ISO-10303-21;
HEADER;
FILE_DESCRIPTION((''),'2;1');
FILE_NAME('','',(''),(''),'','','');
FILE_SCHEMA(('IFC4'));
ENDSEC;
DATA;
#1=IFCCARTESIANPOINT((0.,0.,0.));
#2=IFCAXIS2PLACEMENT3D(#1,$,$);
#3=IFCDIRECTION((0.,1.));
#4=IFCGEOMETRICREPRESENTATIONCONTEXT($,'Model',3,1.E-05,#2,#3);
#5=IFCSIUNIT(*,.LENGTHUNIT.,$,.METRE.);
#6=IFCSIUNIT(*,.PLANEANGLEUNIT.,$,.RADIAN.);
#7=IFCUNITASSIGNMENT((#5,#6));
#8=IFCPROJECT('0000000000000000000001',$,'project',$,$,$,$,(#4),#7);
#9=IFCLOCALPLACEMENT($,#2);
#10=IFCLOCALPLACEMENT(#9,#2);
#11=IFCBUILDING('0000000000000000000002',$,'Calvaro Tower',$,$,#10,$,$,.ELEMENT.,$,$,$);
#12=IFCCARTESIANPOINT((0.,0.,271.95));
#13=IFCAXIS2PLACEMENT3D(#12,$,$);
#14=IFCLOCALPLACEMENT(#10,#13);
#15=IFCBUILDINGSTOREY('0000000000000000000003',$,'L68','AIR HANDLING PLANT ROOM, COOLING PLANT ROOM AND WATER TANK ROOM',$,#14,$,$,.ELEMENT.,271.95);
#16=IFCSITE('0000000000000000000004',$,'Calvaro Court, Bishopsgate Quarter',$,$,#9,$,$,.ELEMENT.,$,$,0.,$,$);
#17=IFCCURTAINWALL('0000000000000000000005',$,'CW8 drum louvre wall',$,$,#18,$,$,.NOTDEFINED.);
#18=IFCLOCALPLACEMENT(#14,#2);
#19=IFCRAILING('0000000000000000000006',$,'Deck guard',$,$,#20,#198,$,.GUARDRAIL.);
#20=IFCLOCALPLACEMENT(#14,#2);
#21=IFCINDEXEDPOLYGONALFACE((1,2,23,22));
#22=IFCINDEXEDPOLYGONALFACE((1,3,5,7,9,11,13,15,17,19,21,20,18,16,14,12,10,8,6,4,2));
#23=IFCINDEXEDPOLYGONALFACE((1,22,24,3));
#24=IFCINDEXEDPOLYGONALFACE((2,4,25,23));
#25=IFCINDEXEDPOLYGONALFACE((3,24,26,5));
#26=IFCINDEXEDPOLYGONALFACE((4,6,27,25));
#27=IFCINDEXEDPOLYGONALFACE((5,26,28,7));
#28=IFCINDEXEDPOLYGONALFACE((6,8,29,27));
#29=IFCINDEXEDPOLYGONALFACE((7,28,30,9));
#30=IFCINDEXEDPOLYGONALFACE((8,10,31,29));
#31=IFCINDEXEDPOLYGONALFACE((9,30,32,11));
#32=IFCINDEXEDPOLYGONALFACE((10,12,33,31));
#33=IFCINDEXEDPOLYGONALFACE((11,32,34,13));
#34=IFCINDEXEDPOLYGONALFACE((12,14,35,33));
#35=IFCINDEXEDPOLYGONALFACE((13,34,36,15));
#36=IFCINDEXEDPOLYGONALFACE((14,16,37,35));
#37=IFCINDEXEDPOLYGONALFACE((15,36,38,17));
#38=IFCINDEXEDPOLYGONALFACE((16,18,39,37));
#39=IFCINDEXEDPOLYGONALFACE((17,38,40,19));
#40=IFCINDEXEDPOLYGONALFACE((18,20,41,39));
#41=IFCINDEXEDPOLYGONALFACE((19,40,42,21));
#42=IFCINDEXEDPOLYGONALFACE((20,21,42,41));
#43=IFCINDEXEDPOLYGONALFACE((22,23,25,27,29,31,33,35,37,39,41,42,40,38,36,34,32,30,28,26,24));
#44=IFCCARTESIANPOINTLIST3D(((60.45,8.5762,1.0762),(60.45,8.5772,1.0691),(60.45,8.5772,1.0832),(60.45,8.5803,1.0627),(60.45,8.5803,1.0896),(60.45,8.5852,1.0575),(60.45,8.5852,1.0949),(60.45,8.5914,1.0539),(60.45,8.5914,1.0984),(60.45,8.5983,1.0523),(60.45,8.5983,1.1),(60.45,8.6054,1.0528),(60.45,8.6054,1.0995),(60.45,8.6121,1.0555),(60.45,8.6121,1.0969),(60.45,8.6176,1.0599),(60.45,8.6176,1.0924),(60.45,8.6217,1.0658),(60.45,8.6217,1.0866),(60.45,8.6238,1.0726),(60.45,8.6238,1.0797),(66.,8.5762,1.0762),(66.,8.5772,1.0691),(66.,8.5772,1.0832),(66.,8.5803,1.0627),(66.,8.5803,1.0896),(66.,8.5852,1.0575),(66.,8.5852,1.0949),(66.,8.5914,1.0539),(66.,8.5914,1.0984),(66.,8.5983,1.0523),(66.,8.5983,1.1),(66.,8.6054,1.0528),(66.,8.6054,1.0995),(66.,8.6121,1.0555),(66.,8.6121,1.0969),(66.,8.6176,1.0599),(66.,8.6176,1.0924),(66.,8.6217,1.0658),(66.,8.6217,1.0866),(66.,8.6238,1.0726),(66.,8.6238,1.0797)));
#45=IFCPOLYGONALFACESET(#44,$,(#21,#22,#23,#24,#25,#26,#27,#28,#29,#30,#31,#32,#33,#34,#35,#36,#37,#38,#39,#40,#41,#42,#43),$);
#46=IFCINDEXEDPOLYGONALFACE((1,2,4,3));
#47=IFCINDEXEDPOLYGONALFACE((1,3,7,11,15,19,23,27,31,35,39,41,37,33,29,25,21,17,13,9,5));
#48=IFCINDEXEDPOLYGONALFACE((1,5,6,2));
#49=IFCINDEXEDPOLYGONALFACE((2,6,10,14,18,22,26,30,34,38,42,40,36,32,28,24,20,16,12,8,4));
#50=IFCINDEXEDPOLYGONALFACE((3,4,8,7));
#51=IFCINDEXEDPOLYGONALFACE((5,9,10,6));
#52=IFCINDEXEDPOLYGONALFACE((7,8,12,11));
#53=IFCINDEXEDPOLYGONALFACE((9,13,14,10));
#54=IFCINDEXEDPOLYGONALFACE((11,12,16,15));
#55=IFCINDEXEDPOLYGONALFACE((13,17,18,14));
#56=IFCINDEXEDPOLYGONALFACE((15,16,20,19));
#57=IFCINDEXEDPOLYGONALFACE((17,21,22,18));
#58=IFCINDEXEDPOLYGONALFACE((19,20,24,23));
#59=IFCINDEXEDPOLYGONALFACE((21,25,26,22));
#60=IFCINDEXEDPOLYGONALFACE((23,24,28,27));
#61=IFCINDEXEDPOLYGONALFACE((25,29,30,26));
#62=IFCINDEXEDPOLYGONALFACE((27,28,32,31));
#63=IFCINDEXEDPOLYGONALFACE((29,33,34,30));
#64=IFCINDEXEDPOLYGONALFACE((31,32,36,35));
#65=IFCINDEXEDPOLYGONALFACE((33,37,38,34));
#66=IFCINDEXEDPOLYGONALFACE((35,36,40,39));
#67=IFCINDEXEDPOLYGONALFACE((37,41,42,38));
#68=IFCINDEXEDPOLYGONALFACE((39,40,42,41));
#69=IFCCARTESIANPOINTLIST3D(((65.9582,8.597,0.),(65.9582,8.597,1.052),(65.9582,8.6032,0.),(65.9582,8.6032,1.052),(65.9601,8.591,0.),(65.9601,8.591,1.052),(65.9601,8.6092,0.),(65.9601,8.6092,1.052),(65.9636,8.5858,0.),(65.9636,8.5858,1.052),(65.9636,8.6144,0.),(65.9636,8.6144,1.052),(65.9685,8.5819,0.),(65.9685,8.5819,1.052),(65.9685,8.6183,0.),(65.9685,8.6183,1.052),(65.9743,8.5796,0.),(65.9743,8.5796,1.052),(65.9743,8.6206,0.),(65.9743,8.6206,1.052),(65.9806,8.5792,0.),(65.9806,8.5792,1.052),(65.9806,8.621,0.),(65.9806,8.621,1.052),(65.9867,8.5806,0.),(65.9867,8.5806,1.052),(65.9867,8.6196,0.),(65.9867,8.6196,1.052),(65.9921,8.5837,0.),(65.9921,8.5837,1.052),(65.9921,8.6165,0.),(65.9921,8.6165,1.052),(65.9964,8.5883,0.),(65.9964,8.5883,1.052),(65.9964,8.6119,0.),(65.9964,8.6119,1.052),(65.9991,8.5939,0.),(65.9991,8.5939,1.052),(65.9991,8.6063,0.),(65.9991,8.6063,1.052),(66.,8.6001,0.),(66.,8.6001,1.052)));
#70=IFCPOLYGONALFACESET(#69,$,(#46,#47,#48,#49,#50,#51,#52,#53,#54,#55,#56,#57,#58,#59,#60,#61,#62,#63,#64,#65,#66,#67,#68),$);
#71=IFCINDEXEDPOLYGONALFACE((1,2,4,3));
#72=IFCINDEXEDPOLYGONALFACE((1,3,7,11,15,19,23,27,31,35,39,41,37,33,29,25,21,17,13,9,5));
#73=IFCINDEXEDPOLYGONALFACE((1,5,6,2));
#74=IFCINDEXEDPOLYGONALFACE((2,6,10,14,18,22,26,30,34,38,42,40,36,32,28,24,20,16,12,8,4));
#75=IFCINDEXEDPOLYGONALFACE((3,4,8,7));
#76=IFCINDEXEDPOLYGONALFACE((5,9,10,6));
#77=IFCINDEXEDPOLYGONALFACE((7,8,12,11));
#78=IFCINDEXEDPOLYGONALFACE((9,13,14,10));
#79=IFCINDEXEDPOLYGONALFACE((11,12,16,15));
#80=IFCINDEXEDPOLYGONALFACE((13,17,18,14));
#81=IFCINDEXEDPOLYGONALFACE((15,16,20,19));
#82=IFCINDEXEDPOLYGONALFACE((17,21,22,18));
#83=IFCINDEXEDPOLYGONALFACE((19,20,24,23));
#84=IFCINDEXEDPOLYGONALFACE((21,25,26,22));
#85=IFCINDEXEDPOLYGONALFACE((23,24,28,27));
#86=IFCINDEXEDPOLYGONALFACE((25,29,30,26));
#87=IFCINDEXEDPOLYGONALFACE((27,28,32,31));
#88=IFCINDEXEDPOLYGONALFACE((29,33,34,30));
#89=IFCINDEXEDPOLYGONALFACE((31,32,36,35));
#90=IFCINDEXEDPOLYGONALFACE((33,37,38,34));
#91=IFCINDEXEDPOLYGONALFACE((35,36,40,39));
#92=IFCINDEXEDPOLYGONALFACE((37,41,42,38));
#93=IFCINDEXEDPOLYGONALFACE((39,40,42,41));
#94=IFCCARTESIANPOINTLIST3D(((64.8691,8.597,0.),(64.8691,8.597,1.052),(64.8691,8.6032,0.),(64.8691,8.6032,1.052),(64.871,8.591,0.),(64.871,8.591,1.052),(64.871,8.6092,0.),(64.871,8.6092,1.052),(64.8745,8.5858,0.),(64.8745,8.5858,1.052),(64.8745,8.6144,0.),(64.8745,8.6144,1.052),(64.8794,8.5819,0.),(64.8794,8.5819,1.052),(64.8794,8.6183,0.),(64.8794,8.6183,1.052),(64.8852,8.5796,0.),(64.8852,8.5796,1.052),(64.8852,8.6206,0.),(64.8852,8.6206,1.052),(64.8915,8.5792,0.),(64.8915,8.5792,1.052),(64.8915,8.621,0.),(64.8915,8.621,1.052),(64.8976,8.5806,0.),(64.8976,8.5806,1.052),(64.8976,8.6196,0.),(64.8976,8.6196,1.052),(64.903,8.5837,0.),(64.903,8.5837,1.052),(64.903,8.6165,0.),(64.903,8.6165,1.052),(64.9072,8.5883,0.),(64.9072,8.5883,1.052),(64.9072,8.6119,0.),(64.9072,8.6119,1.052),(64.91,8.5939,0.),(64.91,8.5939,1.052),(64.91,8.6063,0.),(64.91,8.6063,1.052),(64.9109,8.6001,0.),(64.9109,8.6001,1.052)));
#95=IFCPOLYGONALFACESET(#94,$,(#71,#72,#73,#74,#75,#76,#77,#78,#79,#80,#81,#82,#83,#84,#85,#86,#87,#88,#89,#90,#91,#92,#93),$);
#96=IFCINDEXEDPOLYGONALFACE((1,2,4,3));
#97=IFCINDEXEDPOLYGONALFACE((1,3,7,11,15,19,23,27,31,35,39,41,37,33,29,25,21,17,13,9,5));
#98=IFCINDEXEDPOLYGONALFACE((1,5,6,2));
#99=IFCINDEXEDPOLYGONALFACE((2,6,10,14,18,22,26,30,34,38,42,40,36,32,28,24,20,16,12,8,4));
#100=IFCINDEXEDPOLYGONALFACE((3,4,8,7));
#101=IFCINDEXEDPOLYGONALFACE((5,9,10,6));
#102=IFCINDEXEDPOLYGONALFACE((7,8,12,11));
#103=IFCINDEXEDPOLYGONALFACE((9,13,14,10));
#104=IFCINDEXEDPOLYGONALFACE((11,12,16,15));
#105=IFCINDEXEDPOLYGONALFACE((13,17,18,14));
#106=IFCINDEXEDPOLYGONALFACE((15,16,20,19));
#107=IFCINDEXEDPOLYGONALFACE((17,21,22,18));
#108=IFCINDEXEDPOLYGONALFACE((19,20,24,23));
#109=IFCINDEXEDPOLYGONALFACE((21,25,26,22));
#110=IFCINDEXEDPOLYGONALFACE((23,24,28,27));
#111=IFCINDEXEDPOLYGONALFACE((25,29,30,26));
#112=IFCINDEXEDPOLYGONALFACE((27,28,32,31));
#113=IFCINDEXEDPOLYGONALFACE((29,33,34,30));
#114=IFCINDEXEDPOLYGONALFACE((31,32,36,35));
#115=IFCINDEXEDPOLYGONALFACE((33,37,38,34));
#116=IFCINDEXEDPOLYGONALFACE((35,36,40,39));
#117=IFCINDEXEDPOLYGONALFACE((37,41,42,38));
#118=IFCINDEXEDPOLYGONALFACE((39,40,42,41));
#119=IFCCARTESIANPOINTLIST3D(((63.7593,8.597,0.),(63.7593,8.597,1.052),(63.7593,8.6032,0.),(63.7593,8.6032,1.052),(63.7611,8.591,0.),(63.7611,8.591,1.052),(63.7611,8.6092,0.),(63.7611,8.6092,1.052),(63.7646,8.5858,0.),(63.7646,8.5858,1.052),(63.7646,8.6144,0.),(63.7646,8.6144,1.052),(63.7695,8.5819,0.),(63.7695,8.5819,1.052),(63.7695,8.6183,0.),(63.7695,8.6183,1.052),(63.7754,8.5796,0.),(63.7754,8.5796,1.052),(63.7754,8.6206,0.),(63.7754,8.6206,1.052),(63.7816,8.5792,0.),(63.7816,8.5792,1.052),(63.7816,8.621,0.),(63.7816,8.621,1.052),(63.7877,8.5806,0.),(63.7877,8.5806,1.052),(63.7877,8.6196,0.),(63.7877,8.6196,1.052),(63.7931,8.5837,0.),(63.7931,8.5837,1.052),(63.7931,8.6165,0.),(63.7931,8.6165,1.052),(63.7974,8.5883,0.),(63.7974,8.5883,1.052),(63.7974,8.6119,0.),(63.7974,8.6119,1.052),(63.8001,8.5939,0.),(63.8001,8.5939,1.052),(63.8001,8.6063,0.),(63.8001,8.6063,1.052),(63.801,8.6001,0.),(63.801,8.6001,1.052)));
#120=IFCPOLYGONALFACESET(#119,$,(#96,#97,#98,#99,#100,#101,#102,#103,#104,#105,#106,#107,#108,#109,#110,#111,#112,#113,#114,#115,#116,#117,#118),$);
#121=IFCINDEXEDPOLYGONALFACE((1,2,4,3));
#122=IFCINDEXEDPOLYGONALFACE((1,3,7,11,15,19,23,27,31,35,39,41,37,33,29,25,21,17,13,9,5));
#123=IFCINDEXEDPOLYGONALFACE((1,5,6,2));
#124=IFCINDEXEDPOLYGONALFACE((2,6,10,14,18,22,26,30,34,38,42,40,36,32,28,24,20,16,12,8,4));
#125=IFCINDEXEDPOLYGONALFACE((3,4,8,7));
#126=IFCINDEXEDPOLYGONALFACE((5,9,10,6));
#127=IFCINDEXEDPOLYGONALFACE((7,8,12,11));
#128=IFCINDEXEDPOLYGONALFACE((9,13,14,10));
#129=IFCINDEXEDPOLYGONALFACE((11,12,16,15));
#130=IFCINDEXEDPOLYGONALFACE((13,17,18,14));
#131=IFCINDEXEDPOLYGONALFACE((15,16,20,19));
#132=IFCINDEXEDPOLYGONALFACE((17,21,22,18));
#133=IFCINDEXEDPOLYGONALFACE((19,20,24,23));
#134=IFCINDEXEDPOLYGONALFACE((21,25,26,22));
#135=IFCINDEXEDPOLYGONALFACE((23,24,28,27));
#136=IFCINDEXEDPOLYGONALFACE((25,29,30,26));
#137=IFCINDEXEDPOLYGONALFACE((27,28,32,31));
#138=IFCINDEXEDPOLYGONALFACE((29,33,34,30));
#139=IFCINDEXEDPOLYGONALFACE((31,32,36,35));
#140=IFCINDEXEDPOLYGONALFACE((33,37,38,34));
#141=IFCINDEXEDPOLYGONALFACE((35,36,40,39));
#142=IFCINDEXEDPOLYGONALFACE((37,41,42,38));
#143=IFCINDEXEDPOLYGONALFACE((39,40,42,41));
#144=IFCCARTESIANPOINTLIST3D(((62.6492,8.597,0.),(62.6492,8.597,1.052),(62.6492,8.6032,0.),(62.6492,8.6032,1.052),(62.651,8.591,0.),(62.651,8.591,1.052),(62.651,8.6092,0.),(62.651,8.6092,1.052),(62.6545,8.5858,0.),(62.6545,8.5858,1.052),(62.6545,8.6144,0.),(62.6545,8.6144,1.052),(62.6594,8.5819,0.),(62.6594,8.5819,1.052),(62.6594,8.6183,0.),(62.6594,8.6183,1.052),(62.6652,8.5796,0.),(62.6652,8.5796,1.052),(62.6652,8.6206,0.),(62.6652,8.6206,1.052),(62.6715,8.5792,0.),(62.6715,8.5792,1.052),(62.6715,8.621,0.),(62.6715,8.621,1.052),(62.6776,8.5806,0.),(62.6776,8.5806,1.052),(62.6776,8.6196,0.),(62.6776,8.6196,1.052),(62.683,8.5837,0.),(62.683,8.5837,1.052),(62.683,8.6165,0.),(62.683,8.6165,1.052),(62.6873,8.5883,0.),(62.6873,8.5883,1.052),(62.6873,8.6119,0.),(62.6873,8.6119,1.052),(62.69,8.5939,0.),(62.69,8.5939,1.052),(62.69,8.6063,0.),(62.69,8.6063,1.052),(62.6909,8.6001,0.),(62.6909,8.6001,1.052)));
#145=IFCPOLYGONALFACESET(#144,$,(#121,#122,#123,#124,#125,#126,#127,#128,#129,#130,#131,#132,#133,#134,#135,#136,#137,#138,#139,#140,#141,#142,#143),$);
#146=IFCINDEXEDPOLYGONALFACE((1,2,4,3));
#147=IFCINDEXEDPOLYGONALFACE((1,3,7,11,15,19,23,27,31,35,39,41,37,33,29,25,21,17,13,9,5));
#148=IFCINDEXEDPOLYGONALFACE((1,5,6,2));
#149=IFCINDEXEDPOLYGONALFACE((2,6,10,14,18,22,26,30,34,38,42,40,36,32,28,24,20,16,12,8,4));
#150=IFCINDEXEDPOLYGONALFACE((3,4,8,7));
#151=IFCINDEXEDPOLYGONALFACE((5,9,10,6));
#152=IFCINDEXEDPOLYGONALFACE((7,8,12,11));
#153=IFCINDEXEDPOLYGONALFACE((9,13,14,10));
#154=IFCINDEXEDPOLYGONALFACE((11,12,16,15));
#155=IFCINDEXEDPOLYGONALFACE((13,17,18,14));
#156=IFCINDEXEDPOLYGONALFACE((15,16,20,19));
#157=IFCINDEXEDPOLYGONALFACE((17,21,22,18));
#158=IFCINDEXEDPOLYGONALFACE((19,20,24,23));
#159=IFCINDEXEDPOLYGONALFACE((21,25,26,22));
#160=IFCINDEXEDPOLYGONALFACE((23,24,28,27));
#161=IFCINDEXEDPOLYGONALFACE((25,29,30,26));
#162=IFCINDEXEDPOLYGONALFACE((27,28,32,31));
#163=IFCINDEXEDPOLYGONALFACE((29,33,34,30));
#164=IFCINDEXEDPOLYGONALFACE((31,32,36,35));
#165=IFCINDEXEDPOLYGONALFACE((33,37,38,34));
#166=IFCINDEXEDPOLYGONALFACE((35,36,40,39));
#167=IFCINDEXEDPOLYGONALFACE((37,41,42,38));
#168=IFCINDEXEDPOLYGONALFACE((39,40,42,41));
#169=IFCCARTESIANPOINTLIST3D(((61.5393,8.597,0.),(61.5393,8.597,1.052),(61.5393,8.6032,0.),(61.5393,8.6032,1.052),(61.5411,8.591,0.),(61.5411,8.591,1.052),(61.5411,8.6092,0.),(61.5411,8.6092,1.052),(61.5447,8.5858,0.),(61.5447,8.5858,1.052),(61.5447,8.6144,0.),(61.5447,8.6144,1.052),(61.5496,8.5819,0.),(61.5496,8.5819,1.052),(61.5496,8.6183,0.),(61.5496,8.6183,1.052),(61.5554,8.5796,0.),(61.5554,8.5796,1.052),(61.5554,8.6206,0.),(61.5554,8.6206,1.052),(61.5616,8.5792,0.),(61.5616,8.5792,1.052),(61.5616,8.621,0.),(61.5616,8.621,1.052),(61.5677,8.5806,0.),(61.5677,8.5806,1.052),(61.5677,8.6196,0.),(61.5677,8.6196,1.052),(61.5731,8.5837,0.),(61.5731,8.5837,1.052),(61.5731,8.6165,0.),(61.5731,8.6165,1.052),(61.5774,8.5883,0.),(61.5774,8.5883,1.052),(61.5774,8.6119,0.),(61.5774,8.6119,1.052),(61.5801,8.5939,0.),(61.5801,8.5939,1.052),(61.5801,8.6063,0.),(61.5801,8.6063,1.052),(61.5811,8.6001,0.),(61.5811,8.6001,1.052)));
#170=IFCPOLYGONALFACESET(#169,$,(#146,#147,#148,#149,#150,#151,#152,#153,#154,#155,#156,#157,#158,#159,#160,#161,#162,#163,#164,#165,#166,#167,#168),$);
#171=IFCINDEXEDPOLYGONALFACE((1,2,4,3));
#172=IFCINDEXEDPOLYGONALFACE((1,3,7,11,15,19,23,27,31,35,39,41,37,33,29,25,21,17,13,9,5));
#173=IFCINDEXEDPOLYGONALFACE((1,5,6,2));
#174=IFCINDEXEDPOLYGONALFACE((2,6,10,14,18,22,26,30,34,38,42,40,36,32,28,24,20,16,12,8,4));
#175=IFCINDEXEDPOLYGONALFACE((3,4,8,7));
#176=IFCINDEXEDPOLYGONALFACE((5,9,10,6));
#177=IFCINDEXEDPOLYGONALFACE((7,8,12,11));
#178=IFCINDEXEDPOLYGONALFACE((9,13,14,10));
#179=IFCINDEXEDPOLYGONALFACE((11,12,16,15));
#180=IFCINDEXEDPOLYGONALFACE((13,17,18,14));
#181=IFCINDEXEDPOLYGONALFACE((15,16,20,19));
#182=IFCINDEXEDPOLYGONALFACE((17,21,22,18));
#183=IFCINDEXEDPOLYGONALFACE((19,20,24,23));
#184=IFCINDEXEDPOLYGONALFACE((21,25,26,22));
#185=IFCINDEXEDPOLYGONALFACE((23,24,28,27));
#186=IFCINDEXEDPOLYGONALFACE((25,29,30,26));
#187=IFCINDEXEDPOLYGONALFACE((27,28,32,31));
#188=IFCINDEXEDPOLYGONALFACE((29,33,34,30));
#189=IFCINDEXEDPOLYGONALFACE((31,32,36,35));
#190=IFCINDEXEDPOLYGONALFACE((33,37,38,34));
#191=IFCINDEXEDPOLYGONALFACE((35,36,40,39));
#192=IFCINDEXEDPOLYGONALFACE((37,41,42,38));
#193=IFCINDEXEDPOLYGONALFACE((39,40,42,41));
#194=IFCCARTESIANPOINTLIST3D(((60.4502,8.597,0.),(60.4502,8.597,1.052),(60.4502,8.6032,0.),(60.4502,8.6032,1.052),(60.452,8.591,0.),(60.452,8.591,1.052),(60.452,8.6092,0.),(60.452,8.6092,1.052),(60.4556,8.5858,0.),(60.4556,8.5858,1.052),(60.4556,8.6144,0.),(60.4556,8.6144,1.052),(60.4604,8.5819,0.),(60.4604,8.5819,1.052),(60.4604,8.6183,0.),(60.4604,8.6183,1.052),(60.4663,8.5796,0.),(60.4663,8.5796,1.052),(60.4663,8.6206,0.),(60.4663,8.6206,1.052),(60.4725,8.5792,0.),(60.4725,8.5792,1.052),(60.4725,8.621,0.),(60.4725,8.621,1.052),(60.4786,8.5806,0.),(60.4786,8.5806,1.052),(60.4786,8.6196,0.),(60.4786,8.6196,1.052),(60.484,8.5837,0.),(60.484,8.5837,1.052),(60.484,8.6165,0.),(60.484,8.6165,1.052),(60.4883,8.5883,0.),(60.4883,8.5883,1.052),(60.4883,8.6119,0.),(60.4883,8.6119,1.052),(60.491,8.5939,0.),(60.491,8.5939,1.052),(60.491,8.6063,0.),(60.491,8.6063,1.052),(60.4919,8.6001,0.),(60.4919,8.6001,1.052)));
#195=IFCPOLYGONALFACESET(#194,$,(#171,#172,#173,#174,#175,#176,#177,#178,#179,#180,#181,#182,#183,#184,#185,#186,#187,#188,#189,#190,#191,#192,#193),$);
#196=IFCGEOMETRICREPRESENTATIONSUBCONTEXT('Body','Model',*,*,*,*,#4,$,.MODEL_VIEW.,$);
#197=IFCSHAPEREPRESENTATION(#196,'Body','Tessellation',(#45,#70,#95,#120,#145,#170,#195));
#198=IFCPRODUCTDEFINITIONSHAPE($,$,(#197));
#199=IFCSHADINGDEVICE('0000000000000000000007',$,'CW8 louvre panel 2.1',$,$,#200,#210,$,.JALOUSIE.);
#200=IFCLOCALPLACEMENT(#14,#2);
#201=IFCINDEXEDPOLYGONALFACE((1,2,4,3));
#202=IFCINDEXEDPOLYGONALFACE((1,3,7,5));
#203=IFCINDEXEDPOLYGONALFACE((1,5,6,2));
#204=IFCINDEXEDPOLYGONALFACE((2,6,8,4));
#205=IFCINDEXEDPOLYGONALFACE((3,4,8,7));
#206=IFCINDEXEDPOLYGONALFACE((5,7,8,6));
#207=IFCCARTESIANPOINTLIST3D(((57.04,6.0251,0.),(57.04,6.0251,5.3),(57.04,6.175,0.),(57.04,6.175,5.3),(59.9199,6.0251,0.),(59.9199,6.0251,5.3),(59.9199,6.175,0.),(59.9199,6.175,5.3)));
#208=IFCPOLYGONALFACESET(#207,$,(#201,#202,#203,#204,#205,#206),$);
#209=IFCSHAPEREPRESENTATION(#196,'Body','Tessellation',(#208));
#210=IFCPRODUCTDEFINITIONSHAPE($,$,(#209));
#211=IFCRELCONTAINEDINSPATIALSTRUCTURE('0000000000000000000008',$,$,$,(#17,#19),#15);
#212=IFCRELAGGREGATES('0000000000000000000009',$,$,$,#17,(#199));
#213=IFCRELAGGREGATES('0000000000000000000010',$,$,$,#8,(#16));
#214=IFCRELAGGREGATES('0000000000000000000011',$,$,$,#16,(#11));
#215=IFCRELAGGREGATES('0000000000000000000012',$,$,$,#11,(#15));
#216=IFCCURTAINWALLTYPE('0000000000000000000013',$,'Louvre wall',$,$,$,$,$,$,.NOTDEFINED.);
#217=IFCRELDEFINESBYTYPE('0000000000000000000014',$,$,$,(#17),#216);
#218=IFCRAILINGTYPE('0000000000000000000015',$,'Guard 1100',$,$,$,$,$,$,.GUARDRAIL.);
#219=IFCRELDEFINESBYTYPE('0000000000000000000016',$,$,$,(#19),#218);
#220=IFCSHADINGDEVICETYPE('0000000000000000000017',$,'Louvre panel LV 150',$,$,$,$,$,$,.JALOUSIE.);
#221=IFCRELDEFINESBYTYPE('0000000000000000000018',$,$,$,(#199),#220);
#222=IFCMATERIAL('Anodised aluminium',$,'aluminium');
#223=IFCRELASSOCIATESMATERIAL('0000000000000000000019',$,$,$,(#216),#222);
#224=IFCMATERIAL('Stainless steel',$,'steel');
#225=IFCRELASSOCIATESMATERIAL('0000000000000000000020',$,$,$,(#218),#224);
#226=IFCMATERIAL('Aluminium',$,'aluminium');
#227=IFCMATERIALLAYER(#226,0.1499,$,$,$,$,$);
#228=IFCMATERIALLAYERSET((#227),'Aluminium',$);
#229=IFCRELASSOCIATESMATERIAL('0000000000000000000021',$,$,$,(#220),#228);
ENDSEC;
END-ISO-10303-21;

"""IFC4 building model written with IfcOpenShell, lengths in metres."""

from ifc_helpers import new_model, si_unit, direction, frame, origin, origin_2d, place, context, subcontext, project, spatial, rectangle, circle, extrude, material, layer, layer_set, type_object, element, aggregate, save


model = new_model("IFC4")

# Units and contexts
model_context = context("Model", 3, precision=1e-05, world=origin(), true_north=direction((0.0, 1.0)))
body_context = subcontext(model_context, "Body", "Model", "MODEL_VIEW")
ifc_project = project(units=[si_unit("LENGTHUNIT", "METRE"), si_unit("PLANEANGLEUNIT", "RADIAN")], contexts=[model_context])

# Site, building, storey
site_placement = place(None, origin())
site = spatial("IfcSite", under=ifc_project, at=site_placement, Name="Calvaro Court, Bishopsgate Quarter", CompositionType="ELEMENT", RefElevation=0.0)
building_placement = place(site_placement, origin())
building = spatial("IfcBuilding", under=site, at=building_placement, Name="Calvaro Tower", CompositionType="ELEMENT")
storey_placement = place(building_placement, frame((0.0, 0.0, 271.95)))
storey = spatial("IfcBuildingStorey", under=building, at=storey_placement, Name="L68", Description="AIR HANDLING PLANT ROOM, COOLING PLANT ROOM AND WATER TANK ROOM", CompositionType="ELEMENT", Elevation=271.95)

# Curtain wall
ifc_material_1 = material(Name="Anodised aluminium", Category="aluminium")
curtain_wall_type = type_object("IfcCurtainWallType", Name="Louvre wall", PredefinedType="NOTDEFINED", material=ifc_material_1)
curtain_wall_1_placement = place(storey_placement, origin())
curtain_wall_1 = element("IfcCurtainWall", 1, at=curtain_wall_1_placement, inside=storey, type_object=curtain_wall_type, Name="CW8 drum louvre wall", PredefinedType="NOTDEFINED")

# Railing
ifc_material_2 = material(Name="Stainless steel", Category="steel")
railing_type = type_object("IfcRailingType", Name="Guard 1100", PredefinedType="GUARDRAIL", material=ifc_material_2)
railing_1_placement = place(storey_placement, frame((66.0, 8.6001, 0.0)))
element("IfcRailing", 2, at=railing_1_placement, inside=storey, type_object=railing_type, Name="Deck guard", PredefinedType="GUARDRAIL", context=body_context, shape_type="SweptSolid", body=[
    extrude(circle(Radius=0.0239, at=origin_2d()), frame((0.0, 0.0, 1.0762), z_axis=(-1.0, 0.0, 0.0), x_axis=(0.0, -1.0, 0.0)), (0.0, 0.0, 1.0), 5.55),
    extrude(circle(Radius=0.021, at=origin_2d()), frame((-0.021, 0.0, 0.0)), (0.0, 0.0, 1.0), 1.052),
    extrude(circle(Radius=0.021, at=origin_2d()), frame((-1.1101, 0.0, 0.0)), (0.0, 0.0, 1.0), 1.052),
    extrude(circle(Radius=0.021, at=origin_2d()), frame((-2.22, 0.0, 0.0)), (0.0, 0.0, 1.0), 1.052),
    extrude(circle(Radius=0.021, at=origin_2d()), frame((-3.3301, 0.0, 0.0)), (0.0, 0.0, 1.0), 1.052),
    extrude(circle(Radius=0.021, at=origin_2d()), frame((-4.4399, 0.0, 0.0)), (0.0, 0.0, 1.0), 1.052),
    extrude(circle(Radius=0.021, at=origin_2d()), frame((-5.5291, 0.0, 0.0)), (0.0, 0.0, 1.0), 1.052),
])

# Shading device
ifc_material_3 = material(Name="Aluminium", Category="aluminium")
ifc_layer_1 = layer(ifc_material_3, 0.1499)
ifc_layer_set_1 = layer_set([ifc_layer_1], Name="Aluminium")
shading_device_type = type_object("IfcShadingDeviceType", Name="Louvre panel LV 150", PredefinedType="JALOUSIE", material=ifc_layer_set_1)
shading_device_1_placement = place(storey_placement, frame((58.48, 6.1001, 0.0), z_axis=(0.0, 0.0, 1.0), x_axis=(1.0, 0.0, 0.0)))
shading_device_1 = element("IfcShadingDevice", 3, at=shading_device_1_placement, type_object=shading_device_type, Name="CW8 louvre panel 2.1", PredefinedType="JALOUSIE", context=body_context, shape_type="SweptSolid", body=[
    extrude(rectangle(XDim=2.8799, YDim=0.1499, at=origin_2d()), origin(), (0.0, 0.0, 1.0), 5.3),
])
aggregate(curtain_wall_1, [shading_device_1])

save(model, "model.ifc")
